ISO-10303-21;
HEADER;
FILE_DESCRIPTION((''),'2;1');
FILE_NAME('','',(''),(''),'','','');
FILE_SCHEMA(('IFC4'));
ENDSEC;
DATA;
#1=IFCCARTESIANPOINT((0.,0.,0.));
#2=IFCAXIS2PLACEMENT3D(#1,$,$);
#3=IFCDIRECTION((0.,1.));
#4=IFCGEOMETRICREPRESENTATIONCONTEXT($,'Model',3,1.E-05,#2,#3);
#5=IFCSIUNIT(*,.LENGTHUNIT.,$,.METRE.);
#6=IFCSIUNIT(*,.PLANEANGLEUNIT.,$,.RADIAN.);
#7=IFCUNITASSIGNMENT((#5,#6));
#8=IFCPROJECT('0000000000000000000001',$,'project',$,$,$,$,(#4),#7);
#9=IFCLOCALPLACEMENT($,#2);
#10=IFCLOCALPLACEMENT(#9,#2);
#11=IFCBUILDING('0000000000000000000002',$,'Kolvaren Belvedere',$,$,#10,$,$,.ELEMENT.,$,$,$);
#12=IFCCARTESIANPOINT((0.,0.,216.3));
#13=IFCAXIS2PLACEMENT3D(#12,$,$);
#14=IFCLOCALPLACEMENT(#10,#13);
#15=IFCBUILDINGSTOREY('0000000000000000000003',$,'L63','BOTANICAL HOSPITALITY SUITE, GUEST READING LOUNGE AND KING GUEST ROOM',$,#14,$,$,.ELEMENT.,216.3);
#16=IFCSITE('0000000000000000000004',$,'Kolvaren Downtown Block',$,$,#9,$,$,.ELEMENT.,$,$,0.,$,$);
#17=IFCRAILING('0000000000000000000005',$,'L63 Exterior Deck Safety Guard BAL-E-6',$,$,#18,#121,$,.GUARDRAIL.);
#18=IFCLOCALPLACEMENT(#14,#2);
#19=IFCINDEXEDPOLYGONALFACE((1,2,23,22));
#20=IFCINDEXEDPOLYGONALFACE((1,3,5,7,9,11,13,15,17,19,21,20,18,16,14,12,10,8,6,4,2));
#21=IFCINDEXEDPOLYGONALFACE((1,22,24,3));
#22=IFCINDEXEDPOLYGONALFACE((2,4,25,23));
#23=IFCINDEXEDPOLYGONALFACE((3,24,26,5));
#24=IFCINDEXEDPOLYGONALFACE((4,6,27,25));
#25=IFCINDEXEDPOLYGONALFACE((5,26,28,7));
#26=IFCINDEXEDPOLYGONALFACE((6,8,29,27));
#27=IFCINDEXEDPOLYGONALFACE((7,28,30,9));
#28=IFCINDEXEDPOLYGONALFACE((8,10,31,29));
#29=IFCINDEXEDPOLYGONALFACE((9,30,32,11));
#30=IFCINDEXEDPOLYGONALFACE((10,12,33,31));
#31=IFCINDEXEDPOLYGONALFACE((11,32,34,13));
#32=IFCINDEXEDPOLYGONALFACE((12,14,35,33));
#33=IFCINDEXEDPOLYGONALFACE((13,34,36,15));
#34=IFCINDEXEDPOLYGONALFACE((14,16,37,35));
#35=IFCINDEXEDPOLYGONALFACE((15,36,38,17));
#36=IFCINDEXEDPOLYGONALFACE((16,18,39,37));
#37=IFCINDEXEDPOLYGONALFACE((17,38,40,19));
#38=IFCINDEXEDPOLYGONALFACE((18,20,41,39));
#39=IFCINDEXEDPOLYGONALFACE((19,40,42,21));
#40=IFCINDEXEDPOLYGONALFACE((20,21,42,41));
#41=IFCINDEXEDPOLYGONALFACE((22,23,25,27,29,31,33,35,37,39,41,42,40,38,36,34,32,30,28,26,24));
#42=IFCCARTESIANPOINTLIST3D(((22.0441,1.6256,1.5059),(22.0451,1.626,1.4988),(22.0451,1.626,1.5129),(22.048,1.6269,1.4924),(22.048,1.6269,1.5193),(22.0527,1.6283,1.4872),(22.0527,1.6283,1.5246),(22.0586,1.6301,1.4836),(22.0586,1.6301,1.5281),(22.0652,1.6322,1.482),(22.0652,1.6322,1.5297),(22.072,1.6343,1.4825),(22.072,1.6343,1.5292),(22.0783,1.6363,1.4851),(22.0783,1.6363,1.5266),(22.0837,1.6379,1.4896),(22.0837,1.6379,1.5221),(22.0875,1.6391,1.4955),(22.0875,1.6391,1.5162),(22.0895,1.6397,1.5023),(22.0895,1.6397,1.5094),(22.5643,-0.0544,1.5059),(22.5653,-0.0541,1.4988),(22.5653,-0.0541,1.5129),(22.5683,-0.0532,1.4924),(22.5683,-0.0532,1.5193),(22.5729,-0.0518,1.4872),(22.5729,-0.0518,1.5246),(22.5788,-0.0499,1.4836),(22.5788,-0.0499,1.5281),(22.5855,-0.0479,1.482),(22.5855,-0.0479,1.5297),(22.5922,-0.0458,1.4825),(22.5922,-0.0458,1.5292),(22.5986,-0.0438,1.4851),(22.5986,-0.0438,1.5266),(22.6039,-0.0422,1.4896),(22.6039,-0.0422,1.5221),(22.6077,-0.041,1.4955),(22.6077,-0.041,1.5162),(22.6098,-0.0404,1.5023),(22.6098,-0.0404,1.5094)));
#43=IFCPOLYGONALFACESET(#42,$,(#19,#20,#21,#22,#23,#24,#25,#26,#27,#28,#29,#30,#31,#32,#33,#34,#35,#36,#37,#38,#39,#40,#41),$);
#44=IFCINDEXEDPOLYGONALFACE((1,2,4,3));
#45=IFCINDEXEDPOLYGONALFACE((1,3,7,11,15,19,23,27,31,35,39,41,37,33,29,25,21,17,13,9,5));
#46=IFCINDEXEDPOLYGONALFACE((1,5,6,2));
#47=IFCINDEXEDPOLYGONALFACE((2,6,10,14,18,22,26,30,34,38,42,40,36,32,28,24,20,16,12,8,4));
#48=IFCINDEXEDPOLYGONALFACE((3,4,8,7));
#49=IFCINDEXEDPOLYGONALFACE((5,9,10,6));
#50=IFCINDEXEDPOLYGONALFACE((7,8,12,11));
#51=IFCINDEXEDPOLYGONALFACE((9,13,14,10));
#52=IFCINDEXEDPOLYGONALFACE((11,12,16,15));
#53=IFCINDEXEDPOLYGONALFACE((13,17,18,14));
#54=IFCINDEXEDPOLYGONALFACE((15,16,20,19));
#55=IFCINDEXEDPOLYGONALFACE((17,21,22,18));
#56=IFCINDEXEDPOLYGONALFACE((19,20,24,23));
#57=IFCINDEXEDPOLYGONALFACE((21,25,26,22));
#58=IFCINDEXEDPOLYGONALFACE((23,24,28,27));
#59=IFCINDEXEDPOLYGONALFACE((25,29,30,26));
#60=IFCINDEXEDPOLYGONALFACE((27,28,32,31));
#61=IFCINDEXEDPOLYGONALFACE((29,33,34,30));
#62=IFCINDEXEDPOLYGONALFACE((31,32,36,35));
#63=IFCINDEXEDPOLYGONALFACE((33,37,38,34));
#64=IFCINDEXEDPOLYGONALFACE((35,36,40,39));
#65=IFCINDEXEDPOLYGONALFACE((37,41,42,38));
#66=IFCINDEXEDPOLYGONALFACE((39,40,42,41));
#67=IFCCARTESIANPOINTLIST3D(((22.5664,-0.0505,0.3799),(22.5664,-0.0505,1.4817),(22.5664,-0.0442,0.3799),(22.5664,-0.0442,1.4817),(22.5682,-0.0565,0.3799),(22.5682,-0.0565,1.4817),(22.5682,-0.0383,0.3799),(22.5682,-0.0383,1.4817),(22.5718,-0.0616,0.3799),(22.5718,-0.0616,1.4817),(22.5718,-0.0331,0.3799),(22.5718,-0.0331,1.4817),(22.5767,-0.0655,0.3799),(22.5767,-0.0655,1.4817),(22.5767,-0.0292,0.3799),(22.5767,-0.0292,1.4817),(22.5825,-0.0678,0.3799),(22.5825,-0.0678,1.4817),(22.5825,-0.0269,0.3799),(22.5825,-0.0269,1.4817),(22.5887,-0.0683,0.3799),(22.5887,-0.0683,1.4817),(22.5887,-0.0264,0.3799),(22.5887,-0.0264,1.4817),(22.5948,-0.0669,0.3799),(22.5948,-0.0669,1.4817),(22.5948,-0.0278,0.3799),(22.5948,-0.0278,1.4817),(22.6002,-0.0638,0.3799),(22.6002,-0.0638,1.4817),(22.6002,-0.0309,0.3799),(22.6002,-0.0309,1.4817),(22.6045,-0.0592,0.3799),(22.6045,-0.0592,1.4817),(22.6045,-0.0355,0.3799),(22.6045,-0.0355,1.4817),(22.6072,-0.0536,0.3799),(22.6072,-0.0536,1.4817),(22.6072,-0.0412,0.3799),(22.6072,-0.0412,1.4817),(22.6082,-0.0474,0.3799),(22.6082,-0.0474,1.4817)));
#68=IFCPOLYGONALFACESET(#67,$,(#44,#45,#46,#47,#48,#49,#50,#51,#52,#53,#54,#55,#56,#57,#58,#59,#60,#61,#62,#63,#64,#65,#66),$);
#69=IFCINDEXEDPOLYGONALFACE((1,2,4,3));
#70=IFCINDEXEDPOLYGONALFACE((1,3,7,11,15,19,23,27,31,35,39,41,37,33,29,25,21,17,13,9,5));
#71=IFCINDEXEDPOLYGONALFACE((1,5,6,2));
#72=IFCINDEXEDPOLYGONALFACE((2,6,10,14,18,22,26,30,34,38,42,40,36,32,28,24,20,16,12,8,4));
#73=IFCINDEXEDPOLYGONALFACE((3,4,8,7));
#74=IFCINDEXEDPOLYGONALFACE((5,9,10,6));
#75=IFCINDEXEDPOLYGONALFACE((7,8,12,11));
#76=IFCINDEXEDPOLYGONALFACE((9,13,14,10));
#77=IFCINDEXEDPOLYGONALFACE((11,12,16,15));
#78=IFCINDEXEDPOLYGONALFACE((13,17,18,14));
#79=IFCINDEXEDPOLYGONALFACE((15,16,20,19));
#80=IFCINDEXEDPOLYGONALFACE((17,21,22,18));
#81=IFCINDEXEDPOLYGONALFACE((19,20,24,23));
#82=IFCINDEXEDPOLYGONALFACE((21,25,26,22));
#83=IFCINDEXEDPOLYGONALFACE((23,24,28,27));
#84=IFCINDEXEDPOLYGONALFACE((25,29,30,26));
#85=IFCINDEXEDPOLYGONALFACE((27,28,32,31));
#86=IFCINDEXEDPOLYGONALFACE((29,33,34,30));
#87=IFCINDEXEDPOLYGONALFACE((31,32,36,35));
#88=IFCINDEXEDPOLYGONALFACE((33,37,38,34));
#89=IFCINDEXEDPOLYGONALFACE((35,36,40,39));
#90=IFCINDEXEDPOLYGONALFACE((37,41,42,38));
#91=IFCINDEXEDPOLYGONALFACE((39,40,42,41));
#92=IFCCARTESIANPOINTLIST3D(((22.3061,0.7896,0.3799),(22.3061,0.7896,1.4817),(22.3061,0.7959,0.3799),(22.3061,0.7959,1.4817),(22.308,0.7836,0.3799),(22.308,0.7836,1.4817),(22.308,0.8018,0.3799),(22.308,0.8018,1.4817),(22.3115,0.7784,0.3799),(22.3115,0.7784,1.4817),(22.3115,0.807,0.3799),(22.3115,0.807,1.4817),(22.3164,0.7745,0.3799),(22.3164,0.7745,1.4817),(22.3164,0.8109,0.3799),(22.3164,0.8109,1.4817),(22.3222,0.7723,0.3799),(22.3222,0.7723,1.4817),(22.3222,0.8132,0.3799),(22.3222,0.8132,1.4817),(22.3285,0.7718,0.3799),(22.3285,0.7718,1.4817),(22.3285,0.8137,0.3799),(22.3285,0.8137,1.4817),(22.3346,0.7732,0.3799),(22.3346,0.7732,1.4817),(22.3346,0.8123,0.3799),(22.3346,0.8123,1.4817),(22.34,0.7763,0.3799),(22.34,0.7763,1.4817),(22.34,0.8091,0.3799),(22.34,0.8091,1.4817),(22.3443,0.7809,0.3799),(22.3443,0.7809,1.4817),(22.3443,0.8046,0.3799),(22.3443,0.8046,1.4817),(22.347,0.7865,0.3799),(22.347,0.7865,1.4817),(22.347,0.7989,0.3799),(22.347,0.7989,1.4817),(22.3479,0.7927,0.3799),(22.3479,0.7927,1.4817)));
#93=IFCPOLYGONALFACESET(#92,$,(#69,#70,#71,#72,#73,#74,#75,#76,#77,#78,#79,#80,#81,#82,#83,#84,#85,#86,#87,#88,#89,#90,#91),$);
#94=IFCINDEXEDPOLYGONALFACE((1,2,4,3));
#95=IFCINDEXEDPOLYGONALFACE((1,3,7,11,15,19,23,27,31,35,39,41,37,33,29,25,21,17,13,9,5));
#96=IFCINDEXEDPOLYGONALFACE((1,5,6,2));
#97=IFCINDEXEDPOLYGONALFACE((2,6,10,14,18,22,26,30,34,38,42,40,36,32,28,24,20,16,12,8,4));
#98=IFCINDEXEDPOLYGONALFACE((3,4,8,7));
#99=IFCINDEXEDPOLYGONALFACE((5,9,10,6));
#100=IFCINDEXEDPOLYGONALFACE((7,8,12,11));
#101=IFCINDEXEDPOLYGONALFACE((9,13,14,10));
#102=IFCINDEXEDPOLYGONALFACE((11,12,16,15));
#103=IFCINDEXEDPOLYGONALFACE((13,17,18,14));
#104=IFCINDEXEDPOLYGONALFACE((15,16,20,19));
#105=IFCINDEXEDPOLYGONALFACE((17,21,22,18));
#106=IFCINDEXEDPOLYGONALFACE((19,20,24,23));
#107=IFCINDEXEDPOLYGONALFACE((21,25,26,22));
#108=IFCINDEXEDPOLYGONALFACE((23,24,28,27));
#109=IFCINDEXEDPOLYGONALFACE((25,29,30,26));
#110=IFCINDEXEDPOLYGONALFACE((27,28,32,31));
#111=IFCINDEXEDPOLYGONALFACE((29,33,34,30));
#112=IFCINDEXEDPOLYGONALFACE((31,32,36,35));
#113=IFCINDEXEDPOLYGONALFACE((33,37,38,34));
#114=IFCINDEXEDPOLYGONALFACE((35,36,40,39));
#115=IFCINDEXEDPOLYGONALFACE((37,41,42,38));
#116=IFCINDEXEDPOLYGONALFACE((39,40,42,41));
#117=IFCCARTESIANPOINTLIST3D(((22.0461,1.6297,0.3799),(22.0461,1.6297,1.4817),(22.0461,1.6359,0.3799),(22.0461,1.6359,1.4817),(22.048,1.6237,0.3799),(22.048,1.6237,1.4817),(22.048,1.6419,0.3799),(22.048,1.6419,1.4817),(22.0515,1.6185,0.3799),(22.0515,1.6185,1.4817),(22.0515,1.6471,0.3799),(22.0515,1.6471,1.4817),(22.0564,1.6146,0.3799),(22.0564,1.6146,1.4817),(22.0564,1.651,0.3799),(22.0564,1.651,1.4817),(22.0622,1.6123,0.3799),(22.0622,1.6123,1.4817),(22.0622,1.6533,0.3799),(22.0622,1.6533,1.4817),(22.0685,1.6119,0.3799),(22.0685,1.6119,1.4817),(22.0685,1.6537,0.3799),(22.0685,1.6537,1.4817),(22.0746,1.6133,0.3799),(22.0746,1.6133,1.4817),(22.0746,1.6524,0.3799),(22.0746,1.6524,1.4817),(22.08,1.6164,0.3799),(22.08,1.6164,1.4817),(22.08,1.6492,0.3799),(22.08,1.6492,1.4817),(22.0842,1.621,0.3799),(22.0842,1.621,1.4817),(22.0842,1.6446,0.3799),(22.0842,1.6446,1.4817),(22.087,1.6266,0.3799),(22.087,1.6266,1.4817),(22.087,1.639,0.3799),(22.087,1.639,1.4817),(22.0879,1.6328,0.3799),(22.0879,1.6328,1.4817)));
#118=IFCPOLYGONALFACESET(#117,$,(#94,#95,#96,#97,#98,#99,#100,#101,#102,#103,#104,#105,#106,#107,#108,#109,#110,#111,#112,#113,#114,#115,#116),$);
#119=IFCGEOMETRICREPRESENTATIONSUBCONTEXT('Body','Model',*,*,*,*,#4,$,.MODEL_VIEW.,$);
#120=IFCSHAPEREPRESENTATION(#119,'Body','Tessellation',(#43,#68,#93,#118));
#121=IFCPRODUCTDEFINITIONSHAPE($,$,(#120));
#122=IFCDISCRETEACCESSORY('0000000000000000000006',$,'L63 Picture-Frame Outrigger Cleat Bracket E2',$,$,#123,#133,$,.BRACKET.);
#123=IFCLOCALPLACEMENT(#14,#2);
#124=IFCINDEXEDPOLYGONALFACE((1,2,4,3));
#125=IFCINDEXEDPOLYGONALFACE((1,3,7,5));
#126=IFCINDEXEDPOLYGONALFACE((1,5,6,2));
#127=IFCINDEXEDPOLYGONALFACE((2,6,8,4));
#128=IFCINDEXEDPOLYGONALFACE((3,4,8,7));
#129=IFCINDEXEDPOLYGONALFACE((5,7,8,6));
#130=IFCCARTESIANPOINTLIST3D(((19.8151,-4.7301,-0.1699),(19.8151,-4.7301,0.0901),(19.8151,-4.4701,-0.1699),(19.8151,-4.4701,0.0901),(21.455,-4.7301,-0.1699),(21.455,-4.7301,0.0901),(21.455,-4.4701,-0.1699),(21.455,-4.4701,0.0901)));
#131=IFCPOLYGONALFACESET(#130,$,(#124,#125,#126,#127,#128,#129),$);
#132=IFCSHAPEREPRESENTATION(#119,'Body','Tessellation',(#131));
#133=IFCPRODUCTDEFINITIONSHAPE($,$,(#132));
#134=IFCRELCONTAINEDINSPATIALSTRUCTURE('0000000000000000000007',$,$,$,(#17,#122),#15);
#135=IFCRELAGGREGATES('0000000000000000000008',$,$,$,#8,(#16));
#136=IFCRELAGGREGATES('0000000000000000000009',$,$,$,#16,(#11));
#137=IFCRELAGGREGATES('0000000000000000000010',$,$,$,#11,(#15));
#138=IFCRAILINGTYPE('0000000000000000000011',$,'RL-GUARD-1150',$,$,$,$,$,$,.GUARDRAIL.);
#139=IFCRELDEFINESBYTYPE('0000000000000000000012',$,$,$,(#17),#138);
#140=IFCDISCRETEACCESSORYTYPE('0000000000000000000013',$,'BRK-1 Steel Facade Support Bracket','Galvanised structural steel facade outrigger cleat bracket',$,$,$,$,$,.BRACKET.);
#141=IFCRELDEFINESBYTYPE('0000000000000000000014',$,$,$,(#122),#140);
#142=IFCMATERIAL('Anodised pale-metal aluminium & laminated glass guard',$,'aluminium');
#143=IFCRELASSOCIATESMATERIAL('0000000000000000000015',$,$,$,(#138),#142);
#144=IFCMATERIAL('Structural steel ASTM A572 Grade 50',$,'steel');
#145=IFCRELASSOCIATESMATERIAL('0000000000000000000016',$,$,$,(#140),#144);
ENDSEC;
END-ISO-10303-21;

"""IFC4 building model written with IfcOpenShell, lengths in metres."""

from ifc_helpers import new_model, si_unit, direction, frame, origin, origin_2d, place, context, subcontext, project, spatial, rectangle, circle, extrude, material, type_object, element, save


model = new_model("IFC4")

# Units and contexts
model_context = context("Model", 3, precision=1e-05, world=origin(), true_north=direction((0.0, 1.0)))
body_context = subcontext(model_context, "Body", "Model", "MODEL_VIEW")
ifc_project = project(units=[si_unit("LENGTHUNIT", "METRE"), si_unit("PLANEANGLEUNIT", "RADIAN")], contexts=[model_context])

# Site, building, storey
site_placement = place(None, origin())
site = spatial("IfcSite", under=ifc_project, at=site_placement, Name="Kolvaren Downtown Block", CompositionType="ELEMENT", RefElevation=0.0)
building_placement = place(site_placement, origin())
building = spatial("IfcBuilding", under=site, at=building_placement, Name="Kolvaren Belvedere", CompositionType="ELEMENT")
storey_placement = place(building_placement, frame((0.0, 0.0, 216.3)))
storey = spatial("IfcBuildingStorey", under=building, at=storey_placement, Name="L63", Description="BOTANICAL HOSPITALITY SUITE, GUEST READING LOUNGE AND KING GUEST ROOM", CompositionType="ELEMENT", Elevation=216.3)

# Railing
ifc_material_1 = material(Name="Anodised pale-metal aluminium & laminated glass guard", Category="aluminium")
railing_type = type_object("IfcRailingType", Name="RL-GUARD-1150", PredefinedType="GUARDRAIL", material=ifc_material_1)
railing_1_placement = place(storey_placement, frame((22.5872, -0.0474, 0.3799)))
element("IfcRailing", 1, at=railing_1_placement, inside=storey, type_object=railing_type, Name="L63 Exterior Deck Safety Guard BAL-E-6", PredefinedType="GUARDRAIL", context=body_context, shape_type="SweptSolid", body=[
    extrude(circle(Radius=0.0239, at=origin_2d()), frame((0.0, 0.0, 1.126), z_axis=(-0.295792, 0.955252, 0.0), x_axis=(-0.955252, -0.295792, 0.0)), (0.0, 0.0, 1.0), 1.7588),
    extrude(circle(Radius=0.021, at=origin_2d()), origin(), (0.0, 0.0, 1.0), 1.1018),
    extrude(circle(Radius=0.021, at=origin_2d()), frame((-0.2603, 0.8401, 0.0)), (0.0, 0.0, 1.0), 1.1018),
    extrude(circle(Radius=0.021, at=origin_2d()), frame((-0.5203, 1.6802, 0.0)), (0.0, 0.0, 1.0), 1.1018),
])

# Discrete accessory
ifc_material_2 = material(Name="Structural steel ASTM A572 Grade 50", Category="steel")
discrete_accessory_type = type_object("IfcDiscreteAccessoryType", Name="BRK-1 Steel Facade Support Bracket", Description="Galvanised structural steel facade outrigger cleat bracket", PredefinedType="BRACKET", material=ifc_material_2)
discrete_accessory_placement = place(storey_placement, frame((20.635, -4.6001, -0.1699), z_axis=(0.0, 0.0, 1.0), x_axis=(1.0, 0.0, 0.0)))
element("IfcDiscreteAccessory", 2, at=discrete_accessory_placement, inside=storey, type_object=discrete_accessory_type, Name="L63 Picture-Frame Outrigger Cleat Bracket E2", PredefinedType="BRACKET", context=body_context, shape_type="SweptSolid", body=[
    extrude(rectangle(XDim=1.6399, YDim=0.26, at=origin_2d()), origin(), (0.0, 0.0, 1.0), 0.26),
])

save(model, "model.ifc")
